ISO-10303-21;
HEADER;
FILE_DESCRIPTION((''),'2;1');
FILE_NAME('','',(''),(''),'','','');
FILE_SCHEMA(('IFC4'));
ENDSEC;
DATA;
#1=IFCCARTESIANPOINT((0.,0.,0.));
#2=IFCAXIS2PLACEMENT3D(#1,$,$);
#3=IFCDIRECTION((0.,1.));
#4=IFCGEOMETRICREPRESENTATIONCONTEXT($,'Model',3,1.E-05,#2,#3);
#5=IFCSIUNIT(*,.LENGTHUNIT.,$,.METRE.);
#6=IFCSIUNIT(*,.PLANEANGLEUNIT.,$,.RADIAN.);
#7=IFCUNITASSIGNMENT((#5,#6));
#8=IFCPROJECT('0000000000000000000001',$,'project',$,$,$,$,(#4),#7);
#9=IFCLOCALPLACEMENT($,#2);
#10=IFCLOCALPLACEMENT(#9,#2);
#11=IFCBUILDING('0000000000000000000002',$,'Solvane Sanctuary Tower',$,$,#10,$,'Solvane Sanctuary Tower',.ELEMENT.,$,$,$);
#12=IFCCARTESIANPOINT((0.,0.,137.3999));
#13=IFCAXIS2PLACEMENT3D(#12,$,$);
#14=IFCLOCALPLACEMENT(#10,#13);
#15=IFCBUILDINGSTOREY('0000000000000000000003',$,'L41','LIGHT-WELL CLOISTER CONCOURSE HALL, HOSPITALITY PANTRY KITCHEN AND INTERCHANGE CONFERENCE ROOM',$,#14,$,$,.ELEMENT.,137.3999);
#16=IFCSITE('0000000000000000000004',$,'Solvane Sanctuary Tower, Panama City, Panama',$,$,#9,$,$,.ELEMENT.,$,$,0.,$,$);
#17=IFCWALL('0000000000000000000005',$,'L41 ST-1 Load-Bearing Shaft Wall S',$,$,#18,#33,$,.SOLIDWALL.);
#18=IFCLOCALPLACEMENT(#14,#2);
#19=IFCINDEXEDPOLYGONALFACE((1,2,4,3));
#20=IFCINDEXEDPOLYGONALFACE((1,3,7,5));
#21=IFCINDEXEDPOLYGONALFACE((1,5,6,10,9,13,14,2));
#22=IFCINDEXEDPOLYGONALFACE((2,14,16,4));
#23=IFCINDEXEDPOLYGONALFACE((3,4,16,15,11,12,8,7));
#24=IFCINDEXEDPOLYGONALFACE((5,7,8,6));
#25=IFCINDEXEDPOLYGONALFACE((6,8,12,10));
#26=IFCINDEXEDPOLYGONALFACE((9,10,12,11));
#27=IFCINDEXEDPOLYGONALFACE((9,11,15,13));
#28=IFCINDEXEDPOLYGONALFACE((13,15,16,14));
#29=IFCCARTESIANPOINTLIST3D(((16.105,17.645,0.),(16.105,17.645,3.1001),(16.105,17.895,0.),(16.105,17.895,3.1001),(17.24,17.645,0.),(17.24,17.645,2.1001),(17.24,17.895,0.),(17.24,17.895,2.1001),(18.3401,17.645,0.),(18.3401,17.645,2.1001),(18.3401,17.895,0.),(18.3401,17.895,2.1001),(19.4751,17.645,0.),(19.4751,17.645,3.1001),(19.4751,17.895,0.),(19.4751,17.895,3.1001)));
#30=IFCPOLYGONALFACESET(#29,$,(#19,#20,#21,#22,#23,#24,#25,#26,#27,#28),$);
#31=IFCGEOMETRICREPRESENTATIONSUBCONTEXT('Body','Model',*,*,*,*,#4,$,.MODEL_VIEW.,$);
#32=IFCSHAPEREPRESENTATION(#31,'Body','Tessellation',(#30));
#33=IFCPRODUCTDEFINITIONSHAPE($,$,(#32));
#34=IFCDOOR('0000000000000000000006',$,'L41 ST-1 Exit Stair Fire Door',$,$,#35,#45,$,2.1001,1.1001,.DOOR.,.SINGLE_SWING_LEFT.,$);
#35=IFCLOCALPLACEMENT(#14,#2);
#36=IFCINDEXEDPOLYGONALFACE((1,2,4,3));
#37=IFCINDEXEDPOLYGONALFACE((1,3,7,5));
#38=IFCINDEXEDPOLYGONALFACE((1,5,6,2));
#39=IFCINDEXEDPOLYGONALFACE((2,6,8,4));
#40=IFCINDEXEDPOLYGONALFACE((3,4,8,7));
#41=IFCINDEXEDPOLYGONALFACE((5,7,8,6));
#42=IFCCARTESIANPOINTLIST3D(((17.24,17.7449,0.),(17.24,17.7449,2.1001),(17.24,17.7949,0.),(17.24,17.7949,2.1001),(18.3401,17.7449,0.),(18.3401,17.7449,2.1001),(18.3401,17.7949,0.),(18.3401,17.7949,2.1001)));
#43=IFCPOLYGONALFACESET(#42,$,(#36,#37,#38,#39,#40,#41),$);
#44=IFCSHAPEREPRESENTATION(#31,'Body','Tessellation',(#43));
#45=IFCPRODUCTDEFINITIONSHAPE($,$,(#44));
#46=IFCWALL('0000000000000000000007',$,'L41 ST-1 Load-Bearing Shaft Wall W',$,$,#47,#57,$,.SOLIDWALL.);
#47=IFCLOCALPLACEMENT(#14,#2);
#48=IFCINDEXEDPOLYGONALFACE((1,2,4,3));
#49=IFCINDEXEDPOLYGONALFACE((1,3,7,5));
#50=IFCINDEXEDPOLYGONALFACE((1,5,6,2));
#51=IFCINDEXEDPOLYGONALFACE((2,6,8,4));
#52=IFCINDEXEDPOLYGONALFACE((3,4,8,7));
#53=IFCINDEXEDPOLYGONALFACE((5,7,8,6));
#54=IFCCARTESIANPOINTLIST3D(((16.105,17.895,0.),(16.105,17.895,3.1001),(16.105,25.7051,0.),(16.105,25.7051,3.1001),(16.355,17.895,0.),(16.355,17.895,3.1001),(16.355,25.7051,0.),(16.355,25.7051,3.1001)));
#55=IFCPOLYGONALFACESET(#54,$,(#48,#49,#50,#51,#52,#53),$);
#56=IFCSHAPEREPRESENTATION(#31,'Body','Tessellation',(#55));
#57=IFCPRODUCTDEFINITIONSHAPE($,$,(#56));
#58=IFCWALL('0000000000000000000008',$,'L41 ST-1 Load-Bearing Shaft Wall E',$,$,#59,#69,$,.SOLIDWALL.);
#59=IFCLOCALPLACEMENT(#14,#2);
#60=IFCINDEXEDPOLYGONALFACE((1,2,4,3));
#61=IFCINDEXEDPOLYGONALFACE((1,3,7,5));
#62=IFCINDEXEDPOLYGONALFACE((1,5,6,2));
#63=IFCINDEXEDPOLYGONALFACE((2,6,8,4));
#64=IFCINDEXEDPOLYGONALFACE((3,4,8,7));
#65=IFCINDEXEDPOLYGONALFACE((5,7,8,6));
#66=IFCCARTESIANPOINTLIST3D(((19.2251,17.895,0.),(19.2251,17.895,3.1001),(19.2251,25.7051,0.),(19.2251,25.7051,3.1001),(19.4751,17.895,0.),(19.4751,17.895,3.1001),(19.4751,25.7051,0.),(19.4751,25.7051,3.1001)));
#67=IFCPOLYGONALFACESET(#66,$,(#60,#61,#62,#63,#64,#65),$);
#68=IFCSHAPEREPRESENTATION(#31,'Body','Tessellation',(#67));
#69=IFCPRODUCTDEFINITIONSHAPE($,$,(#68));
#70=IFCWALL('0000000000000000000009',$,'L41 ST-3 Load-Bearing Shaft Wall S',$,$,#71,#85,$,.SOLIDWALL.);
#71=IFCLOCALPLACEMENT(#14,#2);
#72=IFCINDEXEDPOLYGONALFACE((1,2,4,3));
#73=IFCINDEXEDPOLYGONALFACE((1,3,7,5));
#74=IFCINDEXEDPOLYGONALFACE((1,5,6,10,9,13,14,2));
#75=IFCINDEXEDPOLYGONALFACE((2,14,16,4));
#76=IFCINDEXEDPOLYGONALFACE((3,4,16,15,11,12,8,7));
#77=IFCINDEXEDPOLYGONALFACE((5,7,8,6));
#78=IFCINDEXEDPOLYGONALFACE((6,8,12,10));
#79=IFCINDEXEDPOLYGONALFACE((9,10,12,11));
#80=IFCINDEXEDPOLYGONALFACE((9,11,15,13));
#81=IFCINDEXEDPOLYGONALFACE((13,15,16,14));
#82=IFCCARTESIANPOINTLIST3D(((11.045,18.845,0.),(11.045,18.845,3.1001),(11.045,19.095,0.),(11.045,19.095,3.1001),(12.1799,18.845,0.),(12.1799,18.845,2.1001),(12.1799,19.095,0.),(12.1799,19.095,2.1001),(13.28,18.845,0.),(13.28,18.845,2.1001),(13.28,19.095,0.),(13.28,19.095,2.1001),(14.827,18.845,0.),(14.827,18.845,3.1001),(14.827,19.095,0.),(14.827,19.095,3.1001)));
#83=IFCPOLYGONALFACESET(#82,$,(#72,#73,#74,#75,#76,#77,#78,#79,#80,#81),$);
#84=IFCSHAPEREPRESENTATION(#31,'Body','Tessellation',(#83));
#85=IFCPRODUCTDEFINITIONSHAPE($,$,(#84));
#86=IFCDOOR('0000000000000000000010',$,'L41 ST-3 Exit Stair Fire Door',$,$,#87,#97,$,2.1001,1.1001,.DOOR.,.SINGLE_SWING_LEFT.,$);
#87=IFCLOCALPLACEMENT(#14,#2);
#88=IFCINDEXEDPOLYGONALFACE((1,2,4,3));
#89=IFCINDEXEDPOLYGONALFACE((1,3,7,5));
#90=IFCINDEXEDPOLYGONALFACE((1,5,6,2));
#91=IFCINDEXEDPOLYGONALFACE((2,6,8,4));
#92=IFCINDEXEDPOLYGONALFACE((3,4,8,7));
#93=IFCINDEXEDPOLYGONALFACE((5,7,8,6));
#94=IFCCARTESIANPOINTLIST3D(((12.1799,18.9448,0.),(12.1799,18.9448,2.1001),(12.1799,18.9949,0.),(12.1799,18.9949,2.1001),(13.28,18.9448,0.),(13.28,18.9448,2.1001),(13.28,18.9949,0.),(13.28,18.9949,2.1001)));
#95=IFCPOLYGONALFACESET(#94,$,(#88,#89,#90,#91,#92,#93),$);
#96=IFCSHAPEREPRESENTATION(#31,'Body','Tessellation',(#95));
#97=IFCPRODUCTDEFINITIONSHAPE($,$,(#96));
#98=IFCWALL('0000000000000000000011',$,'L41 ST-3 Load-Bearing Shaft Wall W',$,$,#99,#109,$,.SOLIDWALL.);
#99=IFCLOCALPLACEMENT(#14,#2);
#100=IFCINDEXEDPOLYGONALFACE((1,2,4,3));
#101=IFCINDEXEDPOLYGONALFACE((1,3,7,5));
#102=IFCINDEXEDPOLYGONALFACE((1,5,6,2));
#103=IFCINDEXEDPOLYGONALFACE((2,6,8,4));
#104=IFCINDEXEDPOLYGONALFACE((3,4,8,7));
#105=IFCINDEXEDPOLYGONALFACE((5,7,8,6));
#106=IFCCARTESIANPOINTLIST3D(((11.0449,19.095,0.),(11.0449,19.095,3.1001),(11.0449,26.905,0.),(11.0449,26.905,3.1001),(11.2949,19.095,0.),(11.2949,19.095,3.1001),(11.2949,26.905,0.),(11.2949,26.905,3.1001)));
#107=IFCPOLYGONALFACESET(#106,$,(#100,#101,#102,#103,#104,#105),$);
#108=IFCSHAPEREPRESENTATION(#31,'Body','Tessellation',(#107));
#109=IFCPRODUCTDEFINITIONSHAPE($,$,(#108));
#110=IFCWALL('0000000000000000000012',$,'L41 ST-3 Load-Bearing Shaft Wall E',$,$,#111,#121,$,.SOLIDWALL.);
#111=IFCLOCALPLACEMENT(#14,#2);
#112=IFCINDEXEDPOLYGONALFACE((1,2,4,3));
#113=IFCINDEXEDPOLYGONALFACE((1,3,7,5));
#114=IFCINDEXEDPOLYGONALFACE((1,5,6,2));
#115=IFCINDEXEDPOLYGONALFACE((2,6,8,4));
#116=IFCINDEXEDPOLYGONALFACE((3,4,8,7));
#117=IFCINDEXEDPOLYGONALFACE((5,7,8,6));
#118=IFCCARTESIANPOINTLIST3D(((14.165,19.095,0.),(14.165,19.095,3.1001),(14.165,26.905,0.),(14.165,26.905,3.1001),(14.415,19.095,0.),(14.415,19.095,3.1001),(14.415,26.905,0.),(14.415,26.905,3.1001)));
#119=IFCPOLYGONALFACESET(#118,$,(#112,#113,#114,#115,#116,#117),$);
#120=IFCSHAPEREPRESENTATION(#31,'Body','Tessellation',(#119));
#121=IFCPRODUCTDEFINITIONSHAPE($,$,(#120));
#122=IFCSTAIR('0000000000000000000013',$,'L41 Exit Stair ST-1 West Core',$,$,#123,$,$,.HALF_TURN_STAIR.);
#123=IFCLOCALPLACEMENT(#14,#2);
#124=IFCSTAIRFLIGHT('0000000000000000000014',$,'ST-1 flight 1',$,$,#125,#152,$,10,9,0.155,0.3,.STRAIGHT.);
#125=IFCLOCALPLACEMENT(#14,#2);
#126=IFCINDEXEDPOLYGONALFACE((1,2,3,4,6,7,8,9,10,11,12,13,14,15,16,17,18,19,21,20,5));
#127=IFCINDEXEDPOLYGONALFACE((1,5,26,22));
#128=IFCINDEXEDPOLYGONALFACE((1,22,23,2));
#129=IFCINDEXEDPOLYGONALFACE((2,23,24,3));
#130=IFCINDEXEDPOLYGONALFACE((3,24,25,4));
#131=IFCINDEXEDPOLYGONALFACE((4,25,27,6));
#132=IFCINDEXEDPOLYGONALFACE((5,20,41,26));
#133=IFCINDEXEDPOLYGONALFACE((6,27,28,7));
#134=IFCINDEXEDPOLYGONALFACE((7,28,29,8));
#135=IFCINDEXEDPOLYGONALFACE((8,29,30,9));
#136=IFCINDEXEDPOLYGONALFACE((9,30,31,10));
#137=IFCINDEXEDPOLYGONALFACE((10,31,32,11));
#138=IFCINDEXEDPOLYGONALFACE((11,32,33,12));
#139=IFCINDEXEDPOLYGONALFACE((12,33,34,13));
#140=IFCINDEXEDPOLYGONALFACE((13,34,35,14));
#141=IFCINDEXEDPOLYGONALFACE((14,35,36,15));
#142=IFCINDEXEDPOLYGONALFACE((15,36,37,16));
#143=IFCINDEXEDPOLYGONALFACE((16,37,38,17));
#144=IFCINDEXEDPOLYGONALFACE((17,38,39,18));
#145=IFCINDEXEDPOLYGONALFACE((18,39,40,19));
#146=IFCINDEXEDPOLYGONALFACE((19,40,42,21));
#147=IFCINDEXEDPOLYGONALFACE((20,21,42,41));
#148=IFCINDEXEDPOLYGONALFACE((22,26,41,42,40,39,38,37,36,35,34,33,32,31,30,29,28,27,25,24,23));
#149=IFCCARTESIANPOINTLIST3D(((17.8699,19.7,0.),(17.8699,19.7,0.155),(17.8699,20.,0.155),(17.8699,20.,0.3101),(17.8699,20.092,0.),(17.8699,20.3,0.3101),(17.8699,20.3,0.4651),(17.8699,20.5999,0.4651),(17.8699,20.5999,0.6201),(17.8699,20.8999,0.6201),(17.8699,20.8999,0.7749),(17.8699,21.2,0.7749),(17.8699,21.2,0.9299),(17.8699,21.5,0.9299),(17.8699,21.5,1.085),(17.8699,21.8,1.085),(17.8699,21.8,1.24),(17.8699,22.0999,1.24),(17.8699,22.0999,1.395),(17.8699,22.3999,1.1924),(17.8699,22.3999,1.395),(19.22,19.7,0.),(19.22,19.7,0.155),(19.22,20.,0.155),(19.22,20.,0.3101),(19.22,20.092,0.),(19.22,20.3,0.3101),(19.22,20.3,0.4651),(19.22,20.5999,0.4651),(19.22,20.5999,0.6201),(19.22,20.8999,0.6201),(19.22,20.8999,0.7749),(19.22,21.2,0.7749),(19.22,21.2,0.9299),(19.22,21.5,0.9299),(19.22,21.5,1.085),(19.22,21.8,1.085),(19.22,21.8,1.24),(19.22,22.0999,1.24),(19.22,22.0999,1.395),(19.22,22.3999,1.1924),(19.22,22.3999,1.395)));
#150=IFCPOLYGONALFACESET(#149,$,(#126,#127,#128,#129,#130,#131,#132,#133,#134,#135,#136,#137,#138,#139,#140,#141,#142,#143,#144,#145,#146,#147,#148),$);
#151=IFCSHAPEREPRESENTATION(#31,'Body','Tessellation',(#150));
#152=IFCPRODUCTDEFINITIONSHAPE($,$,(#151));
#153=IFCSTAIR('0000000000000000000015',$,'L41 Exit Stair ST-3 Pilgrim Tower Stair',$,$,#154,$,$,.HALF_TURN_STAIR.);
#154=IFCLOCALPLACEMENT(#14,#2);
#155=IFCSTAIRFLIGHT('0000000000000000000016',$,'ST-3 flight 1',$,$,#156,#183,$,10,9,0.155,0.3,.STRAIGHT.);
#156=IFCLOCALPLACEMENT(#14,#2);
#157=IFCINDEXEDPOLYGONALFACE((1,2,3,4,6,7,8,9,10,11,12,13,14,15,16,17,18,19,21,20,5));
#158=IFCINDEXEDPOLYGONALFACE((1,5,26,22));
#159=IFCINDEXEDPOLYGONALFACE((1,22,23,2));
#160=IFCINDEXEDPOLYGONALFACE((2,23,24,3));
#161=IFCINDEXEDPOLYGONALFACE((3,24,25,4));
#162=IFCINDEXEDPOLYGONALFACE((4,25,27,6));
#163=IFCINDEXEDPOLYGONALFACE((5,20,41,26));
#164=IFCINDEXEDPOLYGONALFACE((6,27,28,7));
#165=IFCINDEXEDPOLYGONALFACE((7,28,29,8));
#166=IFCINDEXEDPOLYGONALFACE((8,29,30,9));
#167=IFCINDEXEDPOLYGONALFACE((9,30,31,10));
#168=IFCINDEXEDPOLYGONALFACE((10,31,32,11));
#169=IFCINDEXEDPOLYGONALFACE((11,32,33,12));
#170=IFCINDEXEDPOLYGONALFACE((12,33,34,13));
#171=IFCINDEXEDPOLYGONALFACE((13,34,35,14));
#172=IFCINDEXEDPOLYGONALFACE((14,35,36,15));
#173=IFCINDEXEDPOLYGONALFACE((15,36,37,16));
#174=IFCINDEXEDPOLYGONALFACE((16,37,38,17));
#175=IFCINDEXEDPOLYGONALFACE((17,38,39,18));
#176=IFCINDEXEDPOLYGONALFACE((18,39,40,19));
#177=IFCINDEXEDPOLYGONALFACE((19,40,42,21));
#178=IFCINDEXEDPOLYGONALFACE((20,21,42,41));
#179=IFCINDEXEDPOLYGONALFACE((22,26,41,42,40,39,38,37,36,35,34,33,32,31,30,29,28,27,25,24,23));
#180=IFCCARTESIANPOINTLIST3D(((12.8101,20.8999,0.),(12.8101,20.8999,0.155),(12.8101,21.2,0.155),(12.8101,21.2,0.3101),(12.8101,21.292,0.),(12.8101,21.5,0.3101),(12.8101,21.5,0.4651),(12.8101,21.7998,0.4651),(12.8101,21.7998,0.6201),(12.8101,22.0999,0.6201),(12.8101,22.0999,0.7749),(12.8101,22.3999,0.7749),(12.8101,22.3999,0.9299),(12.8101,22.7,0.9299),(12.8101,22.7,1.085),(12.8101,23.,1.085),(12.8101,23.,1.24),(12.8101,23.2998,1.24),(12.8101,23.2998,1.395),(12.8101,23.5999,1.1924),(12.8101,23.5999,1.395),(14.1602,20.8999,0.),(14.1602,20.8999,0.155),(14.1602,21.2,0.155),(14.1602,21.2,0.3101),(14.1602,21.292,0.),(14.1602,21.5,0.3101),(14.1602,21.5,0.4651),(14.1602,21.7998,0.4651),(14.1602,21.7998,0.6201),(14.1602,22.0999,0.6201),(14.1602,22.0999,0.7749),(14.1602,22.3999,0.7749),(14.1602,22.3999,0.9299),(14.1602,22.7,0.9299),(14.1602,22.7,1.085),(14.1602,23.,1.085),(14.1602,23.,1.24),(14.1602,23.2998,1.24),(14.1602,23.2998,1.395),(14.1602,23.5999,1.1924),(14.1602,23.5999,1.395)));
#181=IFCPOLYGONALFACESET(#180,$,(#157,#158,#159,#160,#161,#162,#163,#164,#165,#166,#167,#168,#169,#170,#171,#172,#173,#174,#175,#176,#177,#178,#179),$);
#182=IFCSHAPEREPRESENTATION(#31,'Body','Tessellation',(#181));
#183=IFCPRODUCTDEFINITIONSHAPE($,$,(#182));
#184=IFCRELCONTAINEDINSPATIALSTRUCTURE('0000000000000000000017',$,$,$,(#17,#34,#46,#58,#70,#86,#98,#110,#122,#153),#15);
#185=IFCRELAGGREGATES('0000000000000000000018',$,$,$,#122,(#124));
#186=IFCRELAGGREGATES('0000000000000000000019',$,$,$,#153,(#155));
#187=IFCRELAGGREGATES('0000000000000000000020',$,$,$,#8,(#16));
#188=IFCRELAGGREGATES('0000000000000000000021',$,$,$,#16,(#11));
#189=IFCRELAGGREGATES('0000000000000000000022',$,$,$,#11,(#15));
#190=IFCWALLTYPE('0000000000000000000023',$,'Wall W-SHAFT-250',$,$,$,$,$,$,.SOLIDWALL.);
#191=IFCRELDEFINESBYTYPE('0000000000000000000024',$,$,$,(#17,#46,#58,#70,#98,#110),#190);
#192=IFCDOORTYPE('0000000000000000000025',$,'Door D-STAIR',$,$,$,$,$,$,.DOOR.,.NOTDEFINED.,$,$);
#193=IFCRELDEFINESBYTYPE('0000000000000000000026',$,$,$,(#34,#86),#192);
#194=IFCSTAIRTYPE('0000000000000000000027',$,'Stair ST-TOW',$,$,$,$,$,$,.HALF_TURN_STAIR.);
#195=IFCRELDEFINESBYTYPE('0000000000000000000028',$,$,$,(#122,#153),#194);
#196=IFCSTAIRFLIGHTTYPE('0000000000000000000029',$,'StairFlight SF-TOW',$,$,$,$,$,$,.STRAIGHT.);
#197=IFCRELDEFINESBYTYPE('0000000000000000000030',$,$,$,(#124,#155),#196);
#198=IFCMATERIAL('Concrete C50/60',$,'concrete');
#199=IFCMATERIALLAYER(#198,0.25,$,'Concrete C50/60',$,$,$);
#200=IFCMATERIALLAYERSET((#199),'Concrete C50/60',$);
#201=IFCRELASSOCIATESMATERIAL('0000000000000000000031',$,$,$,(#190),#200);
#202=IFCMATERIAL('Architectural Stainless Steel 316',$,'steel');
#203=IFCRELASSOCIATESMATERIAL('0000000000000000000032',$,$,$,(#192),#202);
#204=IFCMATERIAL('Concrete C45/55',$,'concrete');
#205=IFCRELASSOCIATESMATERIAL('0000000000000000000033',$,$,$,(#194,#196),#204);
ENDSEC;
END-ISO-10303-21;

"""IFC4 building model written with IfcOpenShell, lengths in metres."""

from ifc_helpers import new_model, si_unit, direction, frame, frame_2d, origin, place, context, subcontext, project, spatial, polyline, rectangle, outline, extrude, material, layer, layer_set, type_object, element, fill, aggregate, save


model = new_model("IFC4")

# Units and contexts
model_context = context("Model", 3, precision=1e-05, world=origin(), true_north=direction((0.0, 1.0)))
body_context = subcontext(model_context, "Body", "Model", "MODEL_VIEW")
ifc_project = project(units=[si_unit("LENGTHUNIT", "METRE"), si_unit("PLANEANGLEUNIT", "RADIAN")], contexts=[model_context])

# Site, building, storey
site_placement = place(None, origin())
site = spatial("IfcSite", under=ifc_project, at=site_placement, Name="Solvane Sanctuary Tower, Panama City, Panama", CompositionType="ELEMENT", RefElevation=0.0)
building_placement = place(site_placement, origin())
building = spatial("IfcBuilding", under=site, at=building_placement, Name="Solvane Sanctuary Tower", LongName="Solvane Sanctuary Tower", CompositionType="ELEMENT")
storey_placement = place(building_placement, frame((0.0, 0.0, 137.3999)))
storey = spatial("IfcBuildingStorey", under=building, at=storey_placement, Name="L41", Description="LIGHT-WELL CLOISTER CONCOURSE HALL, HOSPITALITY PANTRY KITCHEN AND INTERCHANGE CONFERENCE ROOM", CompositionType="ELEMENT", Elevation=137.3999)

# Shared definitions
ifc_material_1 = material(Name="Architectural Stainless Steel 316", Category="steel")

# Shared definitions
ifc_material_2 = material(Name="Concrete C50/60", Category="concrete")

# Wall, opening, door
ifc_layer_1 = layer(ifc_material_2, 0.25, Name="Concrete C50/60")
ifc_layer_set_1 = layer_set([ifc_layer_1], Name="Concrete C50/60")
wall_type_1 = type_object("IfcWallType", Name="Wall W-SHAFT-250", PredefinedType="SOLIDWALL", material=ifc_layer_set_1)
wall_1_placement = place(storey_placement, frame((16.105, 17.77, 0.0), z_axis=(0.0, 0.0, 1.0), x_axis=(1.0, 0.0, 0.0)))
wall_1 = element("IfcWall", 1, at=wall_1_placement, inside=storey, type_object=wall_type_1, Name="L41 ST-1 Load-Bearing Shaft Wall S", PredefinedType="SOLIDWALL", context=body_context, shape_type="SweptSolid", body=[
    extrude(rectangle(XDim=3.3701, YDim=0.25, at=frame_2d((1.6851, 0.0))), origin(), (0.0, 0.0, 1.0), 3.1001),
])
opening_1_placement = place(wall_1_placement, frame((1.135, 0.0, 0.0)))
opening_1 = element("IfcOpeningElement", 2, at=opening_1_placement, cuts=wall_1, PredefinedType="OPENING", context=body_context, shape_type="SweptSolid", body=[
    extrude(rectangle(XDim=1.1001, YDim=2.1001, at=frame_2d((0.55, 1.05))), frame((0.0, 0.135, 0.0), z_axis=(0.0, -1.0, 0.0), x_axis=(1.0, 0.0, 0.0)), (0.0, 0.0, 1.0), 0.27),
])
door_type_1 = type_object("IfcDoorType", Name="Door D-STAIR", OperationType="NOTDEFINED", PredefinedType="DOOR", material=ifc_material_1)
door_1_placement = place(opening_1_placement, origin())
door_1 = element("IfcDoor", 3, at=door_1_placement, inside=storey, type_object=door_type_1, Name="L41 ST-1 Exit Stair Fire Door", OperationType="SINGLE_SWING_LEFT", OverallHeight=2.1001, OverallWidth=1.1001, PredefinedType="DOOR", context=body_context, shape_type="SweptSolid", body=[
    extrude(rectangle(XDim=1.1001, YDim=2.1001, at=frame_2d((0.55, 1.05))), frame((0.0, 0.0249, 0.0), z_axis=(0.0, -1.0, 0.0), x_axis=(1.0, 0.0, 0.0)), (0.0, 0.0, 1.0), 0.05),
])
fill(opening_1, door_1)

# Walls
for number, where, z_axis, x_axis, name in (
    (4, (16.23, 17.895, 0.0), (0.0, 0.0, 1.0), (0.0, 1.0, 0.0), "L41 ST-1 Load-Bearing Shaft Wall W"),
    (5, (19.3501, 17.895, 0.0), (0.0, 0.0, 1.0), (0.0, 1.0, 0.0), "L41 ST-1 Load-Bearing Shaft Wall E"),
):
    element("IfcWall", number, at=place(storey_placement, frame(where, z_axis=z_axis, x_axis=x_axis)), inside=storey, type_object=wall_type_1, Name=name, PredefinedType="SOLIDWALL", context=body_context, shape_type="SweptSolid", body=[
        extrude(rectangle(XDim=7.8101, YDim=0.25, at=frame_2d((3.905, 0.0))), origin(), (0.0, 0.0, 1.0), 3.1001),
    ])

# Wall, opening, door
wall_2_placement = place(storey_placement, frame((11.0449, 18.97, 0.0), z_axis=(0.0, 0.0, 1.0), x_axis=(1.0, 0.0, 0.0)))
wall_2 = element("IfcWall", 6, at=wall_2_placement, inside=storey, type_object=wall_type_1, Name="L41 ST-3 Load-Bearing Shaft Wall S", PredefinedType="SOLIDWALL", context=body_context, shape_type="SweptSolid", body=[
    extrude(rectangle(XDim=3.782, YDim=0.25, at=frame_2d((1.8911, 0.0))), origin(), (0.0, 0.0, 1.0), 3.1001),
])
opening_2_placement = place(wall_2_placement, frame((1.135, 0.0, 0.0)))
opening_2 = element("IfcOpeningElement", 7, at=opening_2_placement, cuts=wall_2, PredefinedType="OPENING", context=body_context, shape_type="SweptSolid", body=[
    extrude(rectangle(XDim=1.1001, YDim=2.1001, at=frame_2d((0.55, 1.05))), frame((0.0, 0.135, 0.0), z_axis=(0.0, -1.0, 0.0), x_axis=(1.0, 0.0, 0.0)), (0.0, 0.0, 1.0), 0.27),
])
door_2_placement = place(opening_2_placement, origin())
door_2 = element("IfcDoor", 8, at=door_2_placement, inside=storey, type_object=door_type_1, Name="L41 ST-3 Exit Stair Fire Door", OperationType="SINGLE_SWING_LEFT", OverallHeight=2.1001, OverallWidth=1.1001, PredefinedType="DOOR", context=body_context, shape_type="SweptSolid", body=[
    extrude(rectangle(XDim=1.1001, YDim=2.1001, at=frame_2d((0.55, 1.05))), frame((0.0, 0.0249, 0.0), z_axis=(0.0, -1.0, 0.0), x_axis=(1.0, 0.0, 0.0)), (0.0, 0.0, 1.0), 0.05),
])
fill(opening_2, door_2)

# Walls
for number, where, z_axis, x_axis, name in (
    (9, (11.1699, 19.095, 0.0), (0.0, 0.0, 1.0), (0.0, 1.0, 0.0), "L41 ST-3 Load-Bearing Shaft Wall W"),
    (10, (14.29, 19.095, 0.0), (0.0, 0.0, 1.0), (0.0, 1.0, 0.0), "L41 ST-3 Load-Bearing Shaft Wall E"),
):
    element("IfcWall", number, at=place(storey_placement, frame(where, z_axis=z_axis, x_axis=x_axis)), inside=storey, type_object=wall_type_1, Name=name, PredefinedType="SOLIDWALL", context=body_context, shape_type="SweptSolid", body=[
        extrude(rectangle(XDim=7.8101, YDim=0.25, at=frame_2d((3.905, 0.0))), origin(), (0.0, 0.0, 1.0), 3.1001),
    ])

# Stairs, stair flights
ifc_material_3 = material(Name="Concrete C45/55", Category="concrete")
stair_type = type_object("IfcStairType", Name="Stair ST-TOW", PredefinedType="HALF_TURN_STAIR", material=ifc_material_3)
stair_1_placement = place(storey_placement, origin())
stair_1 = element("IfcStair", 11, at=stair_1_placement, inside=storey, type_object=stair_type, Name="L41 Exit Stair ST-1 West Core", PredefinedType="HALF_TURN_STAIR")
stair_flight_type = type_object("IfcStairFlightType", Name="StairFlight SF-TOW", PredefinedType="STRAIGHT", material=ifc_material_3)
stair_flight_1_placement = place(storey_placement, frame((18.5449, 19.7, 0.0), z_axis=(0.0, 0.0, 1.0), x_axis=(0.0, 1.0, 0.0)))
stair_flight_1 = element("IfcStairFlight", 12, at=stair_flight_1_placement, type_object=stair_flight_type, Name="ST-1 flight 1", NumberOfRisers=10, NumberOfTreads=9, PredefinedType="STRAIGHT", RiserHeight=0.155, TreadLength=0.3, context=body_context, shape_type="SweptSolid", body=[
    extrude(outline(polyline([(0.0, 0.0), (0.0, 0.155), (0.3, 0.155), (0.3, 0.3101), (0.6001, 0.3101), (0.6001, 0.4651), (0.8999, 0.4651), (0.8999, 0.6201), (1.2, 0.6201), (1.2, 0.7749), (1.5, 0.7749), (1.5, 0.9299), (1.8, 0.9299), (1.8, 1.085), (2.1001, 1.085), (2.1001, 1.24), (2.3999, 1.24), (2.3999, 1.395), (2.7, 1.395), (2.7, 1.55), (2.7, 1.1924), (0.3921, 0.0), (0.0, 0.0)])), frame((0.0, 0.675, 0.0), z_axis=(0.0, -1.0, 0.0), x_axis=(1.0, 0.0, 0.0)), (0.0, 0.0, 1.0), 1.3501),
])
aggregate(stair_1, [stair_flight_1])
stair_2_placement = place(storey_placement, origin())
stair_2 = element("IfcStair", 13, at=stair_2_placement, inside=storey, type_object=stair_type, Name="L41 Exit Stair ST-3 Pilgrim Tower Stair", PredefinedType="HALF_TURN_STAIR")
stair_flight_2_placement = place(storey_placement, frame((13.4851, 20.8999, 0.0), z_axis=(0.0, 0.0, 1.0), x_axis=(0.0, 1.0, 0.0)))
stair_flight_2 = element("IfcStairFlight", 14, at=stair_flight_2_placement, type_object=stair_flight_type, Name="ST-3 flight 1", NumberOfRisers=10, NumberOfTreads=9, PredefinedType="STRAIGHT", RiserHeight=0.155, TreadLength=0.3, context=body_context, shape_type="SweptSolid", body=[
    extrude(outline(polyline([(0.0, 0.0), (0.0, 0.155), (0.3, 0.155), (0.3, 0.3101), (0.6001, 0.3101), (0.6001, 0.4651), (0.8999, 0.4651), (0.8999, 0.6201), (1.2, 0.6201), (1.2, 0.7749), (1.5, 0.7749), (1.5, 0.9299), (1.8, 0.9299), (1.8, 1.085), (2.1001, 1.085), (2.1001, 1.24), (2.3999, 1.24), (2.3999, 1.395), (2.7, 1.395), (2.7, 1.55), (2.7, 1.1924), (0.3921, 0.0), (0.0, 0.0)])), frame((0.0, 0.675, 0.0), z_axis=(0.0, -1.0, 0.0), x_axis=(1.0, 0.0, 0.0)), (0.0, 0.0, 1.0), 1.3501),
])
aggregate(stair_2, [stair_flight_2])

save(model, "model.ifc")
